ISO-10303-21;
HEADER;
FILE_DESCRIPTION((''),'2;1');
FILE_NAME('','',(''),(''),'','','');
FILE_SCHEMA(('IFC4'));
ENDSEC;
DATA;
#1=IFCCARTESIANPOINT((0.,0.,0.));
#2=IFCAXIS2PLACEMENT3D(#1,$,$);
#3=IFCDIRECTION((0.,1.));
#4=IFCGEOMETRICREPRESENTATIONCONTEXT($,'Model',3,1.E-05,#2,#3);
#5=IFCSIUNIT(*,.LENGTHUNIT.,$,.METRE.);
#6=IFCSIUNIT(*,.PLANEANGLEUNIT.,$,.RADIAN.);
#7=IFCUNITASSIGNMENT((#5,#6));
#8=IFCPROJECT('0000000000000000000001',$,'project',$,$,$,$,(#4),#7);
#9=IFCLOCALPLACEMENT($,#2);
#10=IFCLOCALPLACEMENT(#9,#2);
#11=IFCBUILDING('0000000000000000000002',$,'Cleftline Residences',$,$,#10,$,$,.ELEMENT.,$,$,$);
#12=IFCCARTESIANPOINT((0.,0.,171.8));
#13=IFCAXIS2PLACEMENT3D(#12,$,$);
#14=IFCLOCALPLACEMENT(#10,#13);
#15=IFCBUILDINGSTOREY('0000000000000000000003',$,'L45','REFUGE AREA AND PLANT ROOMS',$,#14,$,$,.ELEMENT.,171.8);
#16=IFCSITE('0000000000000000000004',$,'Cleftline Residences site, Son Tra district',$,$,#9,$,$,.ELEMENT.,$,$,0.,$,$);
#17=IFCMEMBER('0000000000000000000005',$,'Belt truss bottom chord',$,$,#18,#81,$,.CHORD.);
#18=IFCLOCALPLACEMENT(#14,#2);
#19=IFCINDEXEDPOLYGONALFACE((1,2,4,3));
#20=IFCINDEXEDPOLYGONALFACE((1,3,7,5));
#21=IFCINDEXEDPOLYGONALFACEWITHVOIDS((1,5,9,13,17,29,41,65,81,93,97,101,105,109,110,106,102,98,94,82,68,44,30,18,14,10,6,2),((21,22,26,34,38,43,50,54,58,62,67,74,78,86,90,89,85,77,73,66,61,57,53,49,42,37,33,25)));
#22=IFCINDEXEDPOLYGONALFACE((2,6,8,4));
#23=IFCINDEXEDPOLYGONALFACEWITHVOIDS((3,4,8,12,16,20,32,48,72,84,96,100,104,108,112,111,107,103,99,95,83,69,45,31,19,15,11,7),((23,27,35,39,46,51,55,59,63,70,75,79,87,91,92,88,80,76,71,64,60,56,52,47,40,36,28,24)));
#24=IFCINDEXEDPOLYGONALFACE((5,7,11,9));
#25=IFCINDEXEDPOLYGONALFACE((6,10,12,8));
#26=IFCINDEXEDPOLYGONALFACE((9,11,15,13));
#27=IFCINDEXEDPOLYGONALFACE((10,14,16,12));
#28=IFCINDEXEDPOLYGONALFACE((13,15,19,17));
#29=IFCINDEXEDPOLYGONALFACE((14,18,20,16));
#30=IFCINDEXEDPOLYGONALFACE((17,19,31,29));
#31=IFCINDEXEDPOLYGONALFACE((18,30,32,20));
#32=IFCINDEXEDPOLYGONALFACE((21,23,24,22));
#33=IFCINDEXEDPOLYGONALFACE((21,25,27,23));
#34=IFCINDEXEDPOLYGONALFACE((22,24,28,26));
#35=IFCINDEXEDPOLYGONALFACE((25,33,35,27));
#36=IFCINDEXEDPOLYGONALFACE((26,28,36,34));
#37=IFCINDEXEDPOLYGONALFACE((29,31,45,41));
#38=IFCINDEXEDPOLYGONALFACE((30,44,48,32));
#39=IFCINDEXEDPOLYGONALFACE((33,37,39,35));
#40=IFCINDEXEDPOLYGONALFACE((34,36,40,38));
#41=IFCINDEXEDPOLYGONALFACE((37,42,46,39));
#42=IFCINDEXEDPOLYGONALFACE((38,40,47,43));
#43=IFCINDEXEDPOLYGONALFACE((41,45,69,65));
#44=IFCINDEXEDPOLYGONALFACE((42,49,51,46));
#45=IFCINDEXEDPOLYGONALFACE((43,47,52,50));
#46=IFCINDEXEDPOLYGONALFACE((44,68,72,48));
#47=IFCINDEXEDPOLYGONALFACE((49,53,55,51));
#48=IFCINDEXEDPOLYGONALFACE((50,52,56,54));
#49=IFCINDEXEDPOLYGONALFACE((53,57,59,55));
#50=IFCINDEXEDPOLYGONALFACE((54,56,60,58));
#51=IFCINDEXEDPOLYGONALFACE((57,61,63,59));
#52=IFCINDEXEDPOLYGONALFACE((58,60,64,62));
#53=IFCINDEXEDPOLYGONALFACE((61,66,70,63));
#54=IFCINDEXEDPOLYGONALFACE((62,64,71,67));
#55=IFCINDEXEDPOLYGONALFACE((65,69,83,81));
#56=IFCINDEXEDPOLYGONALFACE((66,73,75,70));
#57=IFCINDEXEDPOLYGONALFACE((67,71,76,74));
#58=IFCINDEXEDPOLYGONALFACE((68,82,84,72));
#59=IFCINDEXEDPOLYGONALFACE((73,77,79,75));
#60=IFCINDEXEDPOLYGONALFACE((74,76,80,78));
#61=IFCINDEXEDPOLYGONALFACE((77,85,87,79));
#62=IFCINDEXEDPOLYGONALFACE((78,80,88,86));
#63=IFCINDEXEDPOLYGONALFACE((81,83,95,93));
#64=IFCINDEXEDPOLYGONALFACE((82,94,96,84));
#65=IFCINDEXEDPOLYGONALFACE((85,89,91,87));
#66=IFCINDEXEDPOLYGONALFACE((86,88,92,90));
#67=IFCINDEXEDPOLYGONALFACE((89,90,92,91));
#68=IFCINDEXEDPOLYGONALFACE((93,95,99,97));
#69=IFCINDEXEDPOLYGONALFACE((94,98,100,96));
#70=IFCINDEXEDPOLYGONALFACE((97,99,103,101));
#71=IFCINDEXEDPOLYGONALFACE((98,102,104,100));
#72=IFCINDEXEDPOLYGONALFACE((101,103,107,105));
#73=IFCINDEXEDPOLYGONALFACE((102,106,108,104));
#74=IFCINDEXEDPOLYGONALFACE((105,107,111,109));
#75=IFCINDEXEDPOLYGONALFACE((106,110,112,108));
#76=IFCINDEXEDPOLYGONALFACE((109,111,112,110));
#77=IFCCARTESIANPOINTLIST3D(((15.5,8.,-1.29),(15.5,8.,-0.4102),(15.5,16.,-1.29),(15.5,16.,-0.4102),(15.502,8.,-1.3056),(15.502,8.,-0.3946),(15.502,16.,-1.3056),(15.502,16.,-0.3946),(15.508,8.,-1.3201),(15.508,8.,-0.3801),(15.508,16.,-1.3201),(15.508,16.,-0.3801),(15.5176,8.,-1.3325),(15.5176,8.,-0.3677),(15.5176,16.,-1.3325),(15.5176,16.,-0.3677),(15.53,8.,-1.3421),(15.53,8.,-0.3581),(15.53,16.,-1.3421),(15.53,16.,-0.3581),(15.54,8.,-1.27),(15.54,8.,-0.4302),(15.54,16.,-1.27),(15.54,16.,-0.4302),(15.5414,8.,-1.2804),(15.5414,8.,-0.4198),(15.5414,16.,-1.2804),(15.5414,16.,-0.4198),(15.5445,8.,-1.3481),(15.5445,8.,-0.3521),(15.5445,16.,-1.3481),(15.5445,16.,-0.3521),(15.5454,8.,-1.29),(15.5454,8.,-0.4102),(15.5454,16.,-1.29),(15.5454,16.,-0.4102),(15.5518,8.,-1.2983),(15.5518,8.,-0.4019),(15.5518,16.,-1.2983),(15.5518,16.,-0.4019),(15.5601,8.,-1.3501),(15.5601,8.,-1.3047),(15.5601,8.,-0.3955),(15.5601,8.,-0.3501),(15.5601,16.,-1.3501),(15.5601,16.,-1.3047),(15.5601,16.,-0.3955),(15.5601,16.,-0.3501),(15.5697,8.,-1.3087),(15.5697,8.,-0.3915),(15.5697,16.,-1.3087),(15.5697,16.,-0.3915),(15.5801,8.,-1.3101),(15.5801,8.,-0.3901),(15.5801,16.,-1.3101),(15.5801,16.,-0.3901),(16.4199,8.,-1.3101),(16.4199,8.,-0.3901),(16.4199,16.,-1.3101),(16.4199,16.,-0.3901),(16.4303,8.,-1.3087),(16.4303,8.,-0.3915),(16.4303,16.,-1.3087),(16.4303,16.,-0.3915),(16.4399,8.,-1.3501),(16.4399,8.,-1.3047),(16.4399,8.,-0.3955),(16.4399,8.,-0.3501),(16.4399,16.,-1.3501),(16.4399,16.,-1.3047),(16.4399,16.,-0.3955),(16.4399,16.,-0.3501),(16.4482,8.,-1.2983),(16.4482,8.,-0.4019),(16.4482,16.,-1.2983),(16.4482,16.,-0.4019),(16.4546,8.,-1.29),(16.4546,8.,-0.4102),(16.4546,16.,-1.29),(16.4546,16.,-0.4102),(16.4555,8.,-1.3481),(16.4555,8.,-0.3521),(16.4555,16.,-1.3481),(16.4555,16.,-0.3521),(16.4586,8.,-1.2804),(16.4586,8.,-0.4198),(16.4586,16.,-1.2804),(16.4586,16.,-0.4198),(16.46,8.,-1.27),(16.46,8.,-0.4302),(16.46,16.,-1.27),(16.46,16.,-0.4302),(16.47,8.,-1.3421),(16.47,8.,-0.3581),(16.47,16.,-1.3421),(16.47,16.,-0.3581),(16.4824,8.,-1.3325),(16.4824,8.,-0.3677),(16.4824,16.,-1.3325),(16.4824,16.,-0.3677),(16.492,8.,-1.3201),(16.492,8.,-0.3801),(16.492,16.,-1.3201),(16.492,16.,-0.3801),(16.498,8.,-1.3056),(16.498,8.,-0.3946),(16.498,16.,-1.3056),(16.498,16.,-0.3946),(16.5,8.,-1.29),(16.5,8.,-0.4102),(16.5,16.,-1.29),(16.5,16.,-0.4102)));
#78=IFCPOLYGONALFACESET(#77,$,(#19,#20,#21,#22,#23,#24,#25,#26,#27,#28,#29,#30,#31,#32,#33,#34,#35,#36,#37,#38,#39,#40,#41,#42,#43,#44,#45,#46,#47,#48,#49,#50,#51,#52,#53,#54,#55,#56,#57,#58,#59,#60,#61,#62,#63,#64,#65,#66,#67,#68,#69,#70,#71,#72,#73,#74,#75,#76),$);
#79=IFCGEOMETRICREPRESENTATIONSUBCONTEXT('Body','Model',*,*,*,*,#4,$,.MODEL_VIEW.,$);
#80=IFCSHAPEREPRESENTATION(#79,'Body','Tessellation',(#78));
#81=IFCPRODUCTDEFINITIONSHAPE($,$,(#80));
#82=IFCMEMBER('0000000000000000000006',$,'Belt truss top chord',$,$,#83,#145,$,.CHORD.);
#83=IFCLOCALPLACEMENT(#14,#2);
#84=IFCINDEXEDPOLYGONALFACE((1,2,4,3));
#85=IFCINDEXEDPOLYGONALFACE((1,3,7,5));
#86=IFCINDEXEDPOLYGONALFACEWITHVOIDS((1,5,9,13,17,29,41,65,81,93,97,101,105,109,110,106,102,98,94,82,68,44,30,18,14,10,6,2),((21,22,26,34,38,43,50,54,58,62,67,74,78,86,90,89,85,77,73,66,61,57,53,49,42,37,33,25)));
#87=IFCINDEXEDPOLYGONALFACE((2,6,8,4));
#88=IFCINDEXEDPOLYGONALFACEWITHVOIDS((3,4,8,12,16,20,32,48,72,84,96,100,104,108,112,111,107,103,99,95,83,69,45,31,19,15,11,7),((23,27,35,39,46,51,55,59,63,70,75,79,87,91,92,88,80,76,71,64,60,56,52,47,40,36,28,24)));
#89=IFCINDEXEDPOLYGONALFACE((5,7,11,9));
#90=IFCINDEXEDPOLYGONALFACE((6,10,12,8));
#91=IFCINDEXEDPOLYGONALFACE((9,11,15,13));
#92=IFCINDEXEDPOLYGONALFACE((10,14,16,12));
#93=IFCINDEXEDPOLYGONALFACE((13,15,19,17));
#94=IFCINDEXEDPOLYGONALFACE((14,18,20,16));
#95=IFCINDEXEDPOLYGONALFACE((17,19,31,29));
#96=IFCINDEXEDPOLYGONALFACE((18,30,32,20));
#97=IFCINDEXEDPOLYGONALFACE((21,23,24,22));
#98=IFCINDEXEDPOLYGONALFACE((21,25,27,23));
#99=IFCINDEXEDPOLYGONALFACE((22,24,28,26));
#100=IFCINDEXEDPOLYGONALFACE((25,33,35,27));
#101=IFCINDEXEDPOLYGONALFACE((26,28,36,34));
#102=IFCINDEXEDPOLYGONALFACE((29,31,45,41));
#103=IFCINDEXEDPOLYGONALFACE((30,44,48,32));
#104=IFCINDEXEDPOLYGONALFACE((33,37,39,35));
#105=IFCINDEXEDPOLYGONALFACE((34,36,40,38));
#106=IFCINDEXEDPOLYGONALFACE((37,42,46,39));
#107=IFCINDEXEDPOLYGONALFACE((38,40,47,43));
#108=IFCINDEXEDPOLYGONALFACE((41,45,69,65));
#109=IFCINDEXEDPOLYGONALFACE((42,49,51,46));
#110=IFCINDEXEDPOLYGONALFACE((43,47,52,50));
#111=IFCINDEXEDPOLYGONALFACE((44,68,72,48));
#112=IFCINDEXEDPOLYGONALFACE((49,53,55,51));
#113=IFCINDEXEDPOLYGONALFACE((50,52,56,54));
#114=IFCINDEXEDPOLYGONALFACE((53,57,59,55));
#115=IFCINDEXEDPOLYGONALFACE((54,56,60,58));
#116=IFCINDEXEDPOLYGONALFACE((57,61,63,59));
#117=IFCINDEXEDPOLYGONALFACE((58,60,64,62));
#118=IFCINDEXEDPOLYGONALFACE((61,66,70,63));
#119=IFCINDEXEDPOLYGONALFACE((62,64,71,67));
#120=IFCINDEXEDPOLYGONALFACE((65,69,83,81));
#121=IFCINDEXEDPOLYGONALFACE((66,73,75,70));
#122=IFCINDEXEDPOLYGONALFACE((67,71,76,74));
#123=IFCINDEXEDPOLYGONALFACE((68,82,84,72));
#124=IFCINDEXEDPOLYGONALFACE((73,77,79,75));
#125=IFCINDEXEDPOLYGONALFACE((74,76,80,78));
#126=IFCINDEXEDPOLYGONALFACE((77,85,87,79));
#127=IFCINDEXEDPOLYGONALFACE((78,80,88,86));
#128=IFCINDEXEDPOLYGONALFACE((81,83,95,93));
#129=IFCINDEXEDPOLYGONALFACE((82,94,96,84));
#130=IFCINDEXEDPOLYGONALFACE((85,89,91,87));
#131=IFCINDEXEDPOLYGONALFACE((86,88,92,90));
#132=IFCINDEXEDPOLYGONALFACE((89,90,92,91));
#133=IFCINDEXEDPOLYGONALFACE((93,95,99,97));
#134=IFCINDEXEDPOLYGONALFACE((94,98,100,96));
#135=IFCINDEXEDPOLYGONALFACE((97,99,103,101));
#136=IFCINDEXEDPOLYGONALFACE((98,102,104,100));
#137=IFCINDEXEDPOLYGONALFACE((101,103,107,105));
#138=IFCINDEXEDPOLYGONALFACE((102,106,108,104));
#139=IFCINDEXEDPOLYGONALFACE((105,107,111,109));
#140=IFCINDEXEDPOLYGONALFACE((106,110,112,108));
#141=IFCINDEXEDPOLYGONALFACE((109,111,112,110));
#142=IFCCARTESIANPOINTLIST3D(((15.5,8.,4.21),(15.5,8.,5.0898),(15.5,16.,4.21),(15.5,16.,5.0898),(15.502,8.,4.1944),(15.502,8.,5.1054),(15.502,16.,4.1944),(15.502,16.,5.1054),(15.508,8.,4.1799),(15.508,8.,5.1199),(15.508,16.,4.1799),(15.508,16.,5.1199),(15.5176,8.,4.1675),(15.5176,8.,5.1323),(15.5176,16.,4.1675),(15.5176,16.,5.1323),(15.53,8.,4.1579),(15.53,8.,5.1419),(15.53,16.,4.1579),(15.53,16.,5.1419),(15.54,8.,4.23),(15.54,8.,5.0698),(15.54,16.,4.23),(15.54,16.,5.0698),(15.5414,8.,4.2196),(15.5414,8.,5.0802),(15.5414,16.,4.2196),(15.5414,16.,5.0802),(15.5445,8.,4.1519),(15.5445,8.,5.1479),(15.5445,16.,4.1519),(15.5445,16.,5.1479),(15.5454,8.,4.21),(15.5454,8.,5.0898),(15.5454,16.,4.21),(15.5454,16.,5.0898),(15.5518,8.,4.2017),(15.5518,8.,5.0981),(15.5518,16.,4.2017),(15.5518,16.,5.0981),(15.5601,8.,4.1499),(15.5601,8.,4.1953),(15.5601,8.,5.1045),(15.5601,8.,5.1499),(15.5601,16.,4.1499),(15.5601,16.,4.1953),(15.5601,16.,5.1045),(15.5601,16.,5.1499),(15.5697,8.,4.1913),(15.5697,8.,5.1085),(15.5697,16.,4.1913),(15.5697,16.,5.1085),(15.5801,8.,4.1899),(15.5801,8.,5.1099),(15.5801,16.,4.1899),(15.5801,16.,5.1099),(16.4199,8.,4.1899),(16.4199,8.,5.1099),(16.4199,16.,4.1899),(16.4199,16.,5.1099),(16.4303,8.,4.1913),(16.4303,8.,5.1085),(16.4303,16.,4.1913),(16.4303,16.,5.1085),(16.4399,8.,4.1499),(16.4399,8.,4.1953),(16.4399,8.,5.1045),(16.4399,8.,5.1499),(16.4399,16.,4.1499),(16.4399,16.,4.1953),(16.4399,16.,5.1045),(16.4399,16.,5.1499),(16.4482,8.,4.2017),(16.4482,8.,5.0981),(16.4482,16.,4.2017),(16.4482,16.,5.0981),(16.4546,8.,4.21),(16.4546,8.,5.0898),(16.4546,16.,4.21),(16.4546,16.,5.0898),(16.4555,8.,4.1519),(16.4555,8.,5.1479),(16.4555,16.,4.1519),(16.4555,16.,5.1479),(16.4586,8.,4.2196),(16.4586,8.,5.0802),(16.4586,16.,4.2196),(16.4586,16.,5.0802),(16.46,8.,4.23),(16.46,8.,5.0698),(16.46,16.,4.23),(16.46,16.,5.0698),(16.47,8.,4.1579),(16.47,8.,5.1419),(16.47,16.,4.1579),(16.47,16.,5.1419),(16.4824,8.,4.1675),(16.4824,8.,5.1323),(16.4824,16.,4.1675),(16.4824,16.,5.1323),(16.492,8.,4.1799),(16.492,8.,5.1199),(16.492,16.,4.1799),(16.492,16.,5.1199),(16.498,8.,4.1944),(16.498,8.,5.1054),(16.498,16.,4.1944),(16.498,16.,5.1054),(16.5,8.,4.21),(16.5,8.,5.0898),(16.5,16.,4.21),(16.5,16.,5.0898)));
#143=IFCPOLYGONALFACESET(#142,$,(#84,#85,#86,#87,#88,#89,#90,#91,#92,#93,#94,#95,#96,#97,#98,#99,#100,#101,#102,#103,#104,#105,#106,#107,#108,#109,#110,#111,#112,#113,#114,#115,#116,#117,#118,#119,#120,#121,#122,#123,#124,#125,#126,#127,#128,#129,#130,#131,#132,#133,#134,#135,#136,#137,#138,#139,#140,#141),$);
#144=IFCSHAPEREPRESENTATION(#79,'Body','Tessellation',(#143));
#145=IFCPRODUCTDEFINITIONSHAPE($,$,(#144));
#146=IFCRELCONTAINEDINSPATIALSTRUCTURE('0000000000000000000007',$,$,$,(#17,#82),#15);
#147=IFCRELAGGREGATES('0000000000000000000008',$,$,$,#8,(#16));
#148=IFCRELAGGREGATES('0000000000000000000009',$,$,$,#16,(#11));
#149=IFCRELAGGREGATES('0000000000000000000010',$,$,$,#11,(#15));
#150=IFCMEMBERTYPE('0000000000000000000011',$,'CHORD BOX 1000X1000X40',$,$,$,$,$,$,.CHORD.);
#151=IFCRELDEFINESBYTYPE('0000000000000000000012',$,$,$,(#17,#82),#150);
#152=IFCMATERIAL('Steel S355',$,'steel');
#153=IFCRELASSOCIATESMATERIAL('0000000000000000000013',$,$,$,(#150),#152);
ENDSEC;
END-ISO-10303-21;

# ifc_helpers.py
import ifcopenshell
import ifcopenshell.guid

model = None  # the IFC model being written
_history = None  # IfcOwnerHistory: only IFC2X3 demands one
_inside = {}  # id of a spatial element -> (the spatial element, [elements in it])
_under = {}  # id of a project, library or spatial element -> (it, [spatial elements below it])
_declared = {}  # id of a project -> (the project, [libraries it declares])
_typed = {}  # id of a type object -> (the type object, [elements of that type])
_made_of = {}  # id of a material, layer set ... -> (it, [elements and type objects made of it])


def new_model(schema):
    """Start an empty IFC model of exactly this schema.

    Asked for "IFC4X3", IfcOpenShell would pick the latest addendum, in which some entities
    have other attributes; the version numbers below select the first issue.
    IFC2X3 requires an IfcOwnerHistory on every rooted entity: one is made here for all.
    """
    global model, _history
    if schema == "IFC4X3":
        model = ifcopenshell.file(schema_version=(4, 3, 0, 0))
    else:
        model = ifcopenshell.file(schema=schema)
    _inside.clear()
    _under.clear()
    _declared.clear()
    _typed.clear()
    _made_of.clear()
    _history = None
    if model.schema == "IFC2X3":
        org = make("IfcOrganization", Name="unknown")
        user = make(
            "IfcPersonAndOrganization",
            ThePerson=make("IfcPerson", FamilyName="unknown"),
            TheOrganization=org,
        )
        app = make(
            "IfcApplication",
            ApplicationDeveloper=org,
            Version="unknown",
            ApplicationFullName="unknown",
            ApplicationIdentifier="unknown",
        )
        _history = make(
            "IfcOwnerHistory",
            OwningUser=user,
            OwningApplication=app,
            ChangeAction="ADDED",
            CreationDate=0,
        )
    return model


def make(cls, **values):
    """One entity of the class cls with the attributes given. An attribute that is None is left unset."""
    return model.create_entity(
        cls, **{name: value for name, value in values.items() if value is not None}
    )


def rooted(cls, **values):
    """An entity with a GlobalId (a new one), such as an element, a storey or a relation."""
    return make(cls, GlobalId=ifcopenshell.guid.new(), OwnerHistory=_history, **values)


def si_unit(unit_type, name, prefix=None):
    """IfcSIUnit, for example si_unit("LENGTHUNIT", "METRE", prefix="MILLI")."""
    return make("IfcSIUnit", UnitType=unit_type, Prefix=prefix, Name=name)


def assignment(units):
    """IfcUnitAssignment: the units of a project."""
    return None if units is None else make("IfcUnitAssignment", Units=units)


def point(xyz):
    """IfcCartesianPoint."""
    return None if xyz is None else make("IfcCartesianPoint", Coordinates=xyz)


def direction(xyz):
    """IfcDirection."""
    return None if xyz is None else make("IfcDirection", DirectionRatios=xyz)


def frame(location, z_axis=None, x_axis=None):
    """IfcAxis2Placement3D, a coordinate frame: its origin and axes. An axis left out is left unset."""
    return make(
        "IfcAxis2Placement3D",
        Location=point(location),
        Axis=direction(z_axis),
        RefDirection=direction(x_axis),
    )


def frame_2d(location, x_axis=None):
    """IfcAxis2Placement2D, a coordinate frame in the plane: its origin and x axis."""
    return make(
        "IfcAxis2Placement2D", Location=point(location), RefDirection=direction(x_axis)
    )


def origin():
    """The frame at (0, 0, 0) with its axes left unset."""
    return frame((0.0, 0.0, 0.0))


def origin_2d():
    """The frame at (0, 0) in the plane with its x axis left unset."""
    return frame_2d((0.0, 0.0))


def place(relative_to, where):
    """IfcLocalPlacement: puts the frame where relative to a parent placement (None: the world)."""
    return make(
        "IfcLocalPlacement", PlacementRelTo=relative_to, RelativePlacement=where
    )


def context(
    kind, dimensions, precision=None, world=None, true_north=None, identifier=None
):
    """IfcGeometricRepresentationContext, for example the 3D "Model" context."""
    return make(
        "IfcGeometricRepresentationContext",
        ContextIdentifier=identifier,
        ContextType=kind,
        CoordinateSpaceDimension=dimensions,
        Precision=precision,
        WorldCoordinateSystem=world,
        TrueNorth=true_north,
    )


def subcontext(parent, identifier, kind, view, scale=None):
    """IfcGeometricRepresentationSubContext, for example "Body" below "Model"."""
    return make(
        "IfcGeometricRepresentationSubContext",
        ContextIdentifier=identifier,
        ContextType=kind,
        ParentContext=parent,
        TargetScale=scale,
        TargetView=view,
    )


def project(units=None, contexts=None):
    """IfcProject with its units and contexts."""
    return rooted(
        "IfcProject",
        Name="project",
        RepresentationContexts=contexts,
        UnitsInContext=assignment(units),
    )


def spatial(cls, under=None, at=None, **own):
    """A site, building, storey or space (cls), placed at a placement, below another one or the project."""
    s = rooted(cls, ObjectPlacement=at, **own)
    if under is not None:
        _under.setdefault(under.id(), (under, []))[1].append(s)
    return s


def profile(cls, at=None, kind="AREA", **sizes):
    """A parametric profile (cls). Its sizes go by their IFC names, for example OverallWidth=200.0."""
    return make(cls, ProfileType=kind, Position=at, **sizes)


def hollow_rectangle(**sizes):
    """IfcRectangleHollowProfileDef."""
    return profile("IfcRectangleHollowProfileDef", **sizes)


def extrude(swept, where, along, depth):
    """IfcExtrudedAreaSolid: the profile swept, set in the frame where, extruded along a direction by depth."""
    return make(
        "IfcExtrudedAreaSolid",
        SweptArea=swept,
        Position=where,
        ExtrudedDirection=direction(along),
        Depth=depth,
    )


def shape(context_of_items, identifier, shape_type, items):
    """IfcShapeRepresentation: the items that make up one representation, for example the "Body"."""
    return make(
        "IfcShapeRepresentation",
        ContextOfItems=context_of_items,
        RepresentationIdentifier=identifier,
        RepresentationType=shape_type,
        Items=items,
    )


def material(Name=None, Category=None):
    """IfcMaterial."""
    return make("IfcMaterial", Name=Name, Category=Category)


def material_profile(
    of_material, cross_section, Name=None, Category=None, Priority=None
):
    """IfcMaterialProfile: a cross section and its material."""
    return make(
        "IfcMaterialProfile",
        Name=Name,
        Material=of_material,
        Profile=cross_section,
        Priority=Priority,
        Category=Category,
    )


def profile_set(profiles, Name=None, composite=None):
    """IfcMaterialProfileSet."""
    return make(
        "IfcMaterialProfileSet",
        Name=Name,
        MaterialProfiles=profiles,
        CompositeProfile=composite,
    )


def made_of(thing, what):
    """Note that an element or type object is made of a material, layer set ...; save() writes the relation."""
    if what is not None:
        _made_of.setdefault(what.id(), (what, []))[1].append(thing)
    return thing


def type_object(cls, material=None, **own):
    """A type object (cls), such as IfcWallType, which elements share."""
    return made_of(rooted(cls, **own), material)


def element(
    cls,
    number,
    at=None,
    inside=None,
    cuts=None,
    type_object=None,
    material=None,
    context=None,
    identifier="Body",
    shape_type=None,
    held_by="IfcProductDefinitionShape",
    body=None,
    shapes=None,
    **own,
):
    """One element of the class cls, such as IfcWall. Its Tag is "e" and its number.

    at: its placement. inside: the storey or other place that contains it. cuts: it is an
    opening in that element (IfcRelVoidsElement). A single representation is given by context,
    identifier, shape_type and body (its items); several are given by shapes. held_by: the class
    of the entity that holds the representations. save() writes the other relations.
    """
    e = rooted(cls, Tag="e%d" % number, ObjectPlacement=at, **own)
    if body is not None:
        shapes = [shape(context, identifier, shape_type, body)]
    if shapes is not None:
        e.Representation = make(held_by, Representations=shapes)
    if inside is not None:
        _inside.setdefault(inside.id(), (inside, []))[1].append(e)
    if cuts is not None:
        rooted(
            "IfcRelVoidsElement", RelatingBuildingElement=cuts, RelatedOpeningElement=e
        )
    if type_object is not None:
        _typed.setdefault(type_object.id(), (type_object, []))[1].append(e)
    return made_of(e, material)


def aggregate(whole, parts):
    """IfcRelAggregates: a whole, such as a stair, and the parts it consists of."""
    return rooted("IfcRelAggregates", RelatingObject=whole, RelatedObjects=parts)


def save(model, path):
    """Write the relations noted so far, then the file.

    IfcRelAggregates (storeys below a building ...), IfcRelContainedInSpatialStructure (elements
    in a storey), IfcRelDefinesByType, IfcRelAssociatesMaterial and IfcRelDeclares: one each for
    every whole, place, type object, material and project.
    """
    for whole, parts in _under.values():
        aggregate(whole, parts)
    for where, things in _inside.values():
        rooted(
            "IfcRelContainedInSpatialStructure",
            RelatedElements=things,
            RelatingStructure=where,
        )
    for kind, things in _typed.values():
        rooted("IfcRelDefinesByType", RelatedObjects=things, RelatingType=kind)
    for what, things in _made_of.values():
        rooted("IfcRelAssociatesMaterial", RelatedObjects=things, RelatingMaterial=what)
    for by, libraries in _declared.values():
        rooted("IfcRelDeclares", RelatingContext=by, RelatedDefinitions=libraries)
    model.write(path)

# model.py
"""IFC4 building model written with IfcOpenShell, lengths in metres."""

from ifc_helpers import new_model, si_unit, direction, frame, origin, origin_2d, place, context, subcontext, project, spatial, hollow_rectangle, extrude, material, material_profile, profile_set, type_object, element, save


model = new_model("IFC4")

# Units and contexts
model_context = context("Model", 3, precision=1e-05, world=origin(), true_north=direction((0.0, 1.0)))
body_context = subcontext(model_context, "Body", "Model", "MODEL_VIEW")
ifc_project = project(units=[si_unit("LENGTHUNIT", "METRE"), si_unit("PLANEANGLEUNIT", "RADIAN")], contexts=[model_context])

# Site, building, storey
site_placement = place(None, origin())
site = spatial("IfcSite", under=ifc_project, at=site_placement, Name="Cleftline Residences site, Son Tra district", CompositionType="ELEMENT", RefElevation=0.0)
building_placement = place(site_placement, origin())
building = spatial("IfcBuilding", under=site, at=building_placement, Name="Cleftline Residences", CompositionType="ELEMENT")
storey_placement = place(building_placement, frame((0.0, 0.0, 171.8)))
storey = spatial("IfcBuildingStorey", under=building, at=storey_placement, Name="L45", Description="REFUGE AREA AND PLANT ROOMS", CompositionType="ELEMENT", Elevation=171.8)

# Members
ifc_material_1 = material(Name="Steel S355", Category="steel")
ifc_material_profile_1 = material_profile(ifc_material_1, hollow_rectangle(XDim=1.0, YDim=1.0, WallThickness=0.04, InnerFilletRadius=0.04, OuterFilletRadius=0.0601, at=origin_2d()))
ifc_profile_set_1 = profile_set([ifc_material_profile_1], Name="Steel S355")
member_type_1 = type_object("IfcMemberType", Name="CHORD BOX 1000X1000X40", PredefinedType="CHORD", material=ifc_profile_set_1)
for number, where, z_axis, x_axis, name in (
    (1, (16.0, 8.0, -0.8501), (0.0, 1.0, 0.0), (-1.0, 0.0, 0.0), "Belt truss bottom chord"),
    (2, (16.0, 8.0, 4.6499), (0.0, 1.0, 0.0), (-1.0, 0.0, 0.0), "Belt truss top chord"),
):
    element("IfcMember", number, at=place(storey_placement, frame(where, z_axis=z_axis, x_axis=x_axis)), inside=storey, type_object=member_type_1, Name=name, PredefinedType="CHORD", context=body_context, shape_type="SweptSolid", body=[
        extrude(hollow_rectangle(XDim=1.0, YDim=1.0, WallThickness=0.04, InnerFilletRadius=0.04, OuterFilletRadius=0.0601, at=origin_2d()), origin(), (0.0, 0.0, 1.0), 8.0),
    ])

save(model, "model.ifc")
